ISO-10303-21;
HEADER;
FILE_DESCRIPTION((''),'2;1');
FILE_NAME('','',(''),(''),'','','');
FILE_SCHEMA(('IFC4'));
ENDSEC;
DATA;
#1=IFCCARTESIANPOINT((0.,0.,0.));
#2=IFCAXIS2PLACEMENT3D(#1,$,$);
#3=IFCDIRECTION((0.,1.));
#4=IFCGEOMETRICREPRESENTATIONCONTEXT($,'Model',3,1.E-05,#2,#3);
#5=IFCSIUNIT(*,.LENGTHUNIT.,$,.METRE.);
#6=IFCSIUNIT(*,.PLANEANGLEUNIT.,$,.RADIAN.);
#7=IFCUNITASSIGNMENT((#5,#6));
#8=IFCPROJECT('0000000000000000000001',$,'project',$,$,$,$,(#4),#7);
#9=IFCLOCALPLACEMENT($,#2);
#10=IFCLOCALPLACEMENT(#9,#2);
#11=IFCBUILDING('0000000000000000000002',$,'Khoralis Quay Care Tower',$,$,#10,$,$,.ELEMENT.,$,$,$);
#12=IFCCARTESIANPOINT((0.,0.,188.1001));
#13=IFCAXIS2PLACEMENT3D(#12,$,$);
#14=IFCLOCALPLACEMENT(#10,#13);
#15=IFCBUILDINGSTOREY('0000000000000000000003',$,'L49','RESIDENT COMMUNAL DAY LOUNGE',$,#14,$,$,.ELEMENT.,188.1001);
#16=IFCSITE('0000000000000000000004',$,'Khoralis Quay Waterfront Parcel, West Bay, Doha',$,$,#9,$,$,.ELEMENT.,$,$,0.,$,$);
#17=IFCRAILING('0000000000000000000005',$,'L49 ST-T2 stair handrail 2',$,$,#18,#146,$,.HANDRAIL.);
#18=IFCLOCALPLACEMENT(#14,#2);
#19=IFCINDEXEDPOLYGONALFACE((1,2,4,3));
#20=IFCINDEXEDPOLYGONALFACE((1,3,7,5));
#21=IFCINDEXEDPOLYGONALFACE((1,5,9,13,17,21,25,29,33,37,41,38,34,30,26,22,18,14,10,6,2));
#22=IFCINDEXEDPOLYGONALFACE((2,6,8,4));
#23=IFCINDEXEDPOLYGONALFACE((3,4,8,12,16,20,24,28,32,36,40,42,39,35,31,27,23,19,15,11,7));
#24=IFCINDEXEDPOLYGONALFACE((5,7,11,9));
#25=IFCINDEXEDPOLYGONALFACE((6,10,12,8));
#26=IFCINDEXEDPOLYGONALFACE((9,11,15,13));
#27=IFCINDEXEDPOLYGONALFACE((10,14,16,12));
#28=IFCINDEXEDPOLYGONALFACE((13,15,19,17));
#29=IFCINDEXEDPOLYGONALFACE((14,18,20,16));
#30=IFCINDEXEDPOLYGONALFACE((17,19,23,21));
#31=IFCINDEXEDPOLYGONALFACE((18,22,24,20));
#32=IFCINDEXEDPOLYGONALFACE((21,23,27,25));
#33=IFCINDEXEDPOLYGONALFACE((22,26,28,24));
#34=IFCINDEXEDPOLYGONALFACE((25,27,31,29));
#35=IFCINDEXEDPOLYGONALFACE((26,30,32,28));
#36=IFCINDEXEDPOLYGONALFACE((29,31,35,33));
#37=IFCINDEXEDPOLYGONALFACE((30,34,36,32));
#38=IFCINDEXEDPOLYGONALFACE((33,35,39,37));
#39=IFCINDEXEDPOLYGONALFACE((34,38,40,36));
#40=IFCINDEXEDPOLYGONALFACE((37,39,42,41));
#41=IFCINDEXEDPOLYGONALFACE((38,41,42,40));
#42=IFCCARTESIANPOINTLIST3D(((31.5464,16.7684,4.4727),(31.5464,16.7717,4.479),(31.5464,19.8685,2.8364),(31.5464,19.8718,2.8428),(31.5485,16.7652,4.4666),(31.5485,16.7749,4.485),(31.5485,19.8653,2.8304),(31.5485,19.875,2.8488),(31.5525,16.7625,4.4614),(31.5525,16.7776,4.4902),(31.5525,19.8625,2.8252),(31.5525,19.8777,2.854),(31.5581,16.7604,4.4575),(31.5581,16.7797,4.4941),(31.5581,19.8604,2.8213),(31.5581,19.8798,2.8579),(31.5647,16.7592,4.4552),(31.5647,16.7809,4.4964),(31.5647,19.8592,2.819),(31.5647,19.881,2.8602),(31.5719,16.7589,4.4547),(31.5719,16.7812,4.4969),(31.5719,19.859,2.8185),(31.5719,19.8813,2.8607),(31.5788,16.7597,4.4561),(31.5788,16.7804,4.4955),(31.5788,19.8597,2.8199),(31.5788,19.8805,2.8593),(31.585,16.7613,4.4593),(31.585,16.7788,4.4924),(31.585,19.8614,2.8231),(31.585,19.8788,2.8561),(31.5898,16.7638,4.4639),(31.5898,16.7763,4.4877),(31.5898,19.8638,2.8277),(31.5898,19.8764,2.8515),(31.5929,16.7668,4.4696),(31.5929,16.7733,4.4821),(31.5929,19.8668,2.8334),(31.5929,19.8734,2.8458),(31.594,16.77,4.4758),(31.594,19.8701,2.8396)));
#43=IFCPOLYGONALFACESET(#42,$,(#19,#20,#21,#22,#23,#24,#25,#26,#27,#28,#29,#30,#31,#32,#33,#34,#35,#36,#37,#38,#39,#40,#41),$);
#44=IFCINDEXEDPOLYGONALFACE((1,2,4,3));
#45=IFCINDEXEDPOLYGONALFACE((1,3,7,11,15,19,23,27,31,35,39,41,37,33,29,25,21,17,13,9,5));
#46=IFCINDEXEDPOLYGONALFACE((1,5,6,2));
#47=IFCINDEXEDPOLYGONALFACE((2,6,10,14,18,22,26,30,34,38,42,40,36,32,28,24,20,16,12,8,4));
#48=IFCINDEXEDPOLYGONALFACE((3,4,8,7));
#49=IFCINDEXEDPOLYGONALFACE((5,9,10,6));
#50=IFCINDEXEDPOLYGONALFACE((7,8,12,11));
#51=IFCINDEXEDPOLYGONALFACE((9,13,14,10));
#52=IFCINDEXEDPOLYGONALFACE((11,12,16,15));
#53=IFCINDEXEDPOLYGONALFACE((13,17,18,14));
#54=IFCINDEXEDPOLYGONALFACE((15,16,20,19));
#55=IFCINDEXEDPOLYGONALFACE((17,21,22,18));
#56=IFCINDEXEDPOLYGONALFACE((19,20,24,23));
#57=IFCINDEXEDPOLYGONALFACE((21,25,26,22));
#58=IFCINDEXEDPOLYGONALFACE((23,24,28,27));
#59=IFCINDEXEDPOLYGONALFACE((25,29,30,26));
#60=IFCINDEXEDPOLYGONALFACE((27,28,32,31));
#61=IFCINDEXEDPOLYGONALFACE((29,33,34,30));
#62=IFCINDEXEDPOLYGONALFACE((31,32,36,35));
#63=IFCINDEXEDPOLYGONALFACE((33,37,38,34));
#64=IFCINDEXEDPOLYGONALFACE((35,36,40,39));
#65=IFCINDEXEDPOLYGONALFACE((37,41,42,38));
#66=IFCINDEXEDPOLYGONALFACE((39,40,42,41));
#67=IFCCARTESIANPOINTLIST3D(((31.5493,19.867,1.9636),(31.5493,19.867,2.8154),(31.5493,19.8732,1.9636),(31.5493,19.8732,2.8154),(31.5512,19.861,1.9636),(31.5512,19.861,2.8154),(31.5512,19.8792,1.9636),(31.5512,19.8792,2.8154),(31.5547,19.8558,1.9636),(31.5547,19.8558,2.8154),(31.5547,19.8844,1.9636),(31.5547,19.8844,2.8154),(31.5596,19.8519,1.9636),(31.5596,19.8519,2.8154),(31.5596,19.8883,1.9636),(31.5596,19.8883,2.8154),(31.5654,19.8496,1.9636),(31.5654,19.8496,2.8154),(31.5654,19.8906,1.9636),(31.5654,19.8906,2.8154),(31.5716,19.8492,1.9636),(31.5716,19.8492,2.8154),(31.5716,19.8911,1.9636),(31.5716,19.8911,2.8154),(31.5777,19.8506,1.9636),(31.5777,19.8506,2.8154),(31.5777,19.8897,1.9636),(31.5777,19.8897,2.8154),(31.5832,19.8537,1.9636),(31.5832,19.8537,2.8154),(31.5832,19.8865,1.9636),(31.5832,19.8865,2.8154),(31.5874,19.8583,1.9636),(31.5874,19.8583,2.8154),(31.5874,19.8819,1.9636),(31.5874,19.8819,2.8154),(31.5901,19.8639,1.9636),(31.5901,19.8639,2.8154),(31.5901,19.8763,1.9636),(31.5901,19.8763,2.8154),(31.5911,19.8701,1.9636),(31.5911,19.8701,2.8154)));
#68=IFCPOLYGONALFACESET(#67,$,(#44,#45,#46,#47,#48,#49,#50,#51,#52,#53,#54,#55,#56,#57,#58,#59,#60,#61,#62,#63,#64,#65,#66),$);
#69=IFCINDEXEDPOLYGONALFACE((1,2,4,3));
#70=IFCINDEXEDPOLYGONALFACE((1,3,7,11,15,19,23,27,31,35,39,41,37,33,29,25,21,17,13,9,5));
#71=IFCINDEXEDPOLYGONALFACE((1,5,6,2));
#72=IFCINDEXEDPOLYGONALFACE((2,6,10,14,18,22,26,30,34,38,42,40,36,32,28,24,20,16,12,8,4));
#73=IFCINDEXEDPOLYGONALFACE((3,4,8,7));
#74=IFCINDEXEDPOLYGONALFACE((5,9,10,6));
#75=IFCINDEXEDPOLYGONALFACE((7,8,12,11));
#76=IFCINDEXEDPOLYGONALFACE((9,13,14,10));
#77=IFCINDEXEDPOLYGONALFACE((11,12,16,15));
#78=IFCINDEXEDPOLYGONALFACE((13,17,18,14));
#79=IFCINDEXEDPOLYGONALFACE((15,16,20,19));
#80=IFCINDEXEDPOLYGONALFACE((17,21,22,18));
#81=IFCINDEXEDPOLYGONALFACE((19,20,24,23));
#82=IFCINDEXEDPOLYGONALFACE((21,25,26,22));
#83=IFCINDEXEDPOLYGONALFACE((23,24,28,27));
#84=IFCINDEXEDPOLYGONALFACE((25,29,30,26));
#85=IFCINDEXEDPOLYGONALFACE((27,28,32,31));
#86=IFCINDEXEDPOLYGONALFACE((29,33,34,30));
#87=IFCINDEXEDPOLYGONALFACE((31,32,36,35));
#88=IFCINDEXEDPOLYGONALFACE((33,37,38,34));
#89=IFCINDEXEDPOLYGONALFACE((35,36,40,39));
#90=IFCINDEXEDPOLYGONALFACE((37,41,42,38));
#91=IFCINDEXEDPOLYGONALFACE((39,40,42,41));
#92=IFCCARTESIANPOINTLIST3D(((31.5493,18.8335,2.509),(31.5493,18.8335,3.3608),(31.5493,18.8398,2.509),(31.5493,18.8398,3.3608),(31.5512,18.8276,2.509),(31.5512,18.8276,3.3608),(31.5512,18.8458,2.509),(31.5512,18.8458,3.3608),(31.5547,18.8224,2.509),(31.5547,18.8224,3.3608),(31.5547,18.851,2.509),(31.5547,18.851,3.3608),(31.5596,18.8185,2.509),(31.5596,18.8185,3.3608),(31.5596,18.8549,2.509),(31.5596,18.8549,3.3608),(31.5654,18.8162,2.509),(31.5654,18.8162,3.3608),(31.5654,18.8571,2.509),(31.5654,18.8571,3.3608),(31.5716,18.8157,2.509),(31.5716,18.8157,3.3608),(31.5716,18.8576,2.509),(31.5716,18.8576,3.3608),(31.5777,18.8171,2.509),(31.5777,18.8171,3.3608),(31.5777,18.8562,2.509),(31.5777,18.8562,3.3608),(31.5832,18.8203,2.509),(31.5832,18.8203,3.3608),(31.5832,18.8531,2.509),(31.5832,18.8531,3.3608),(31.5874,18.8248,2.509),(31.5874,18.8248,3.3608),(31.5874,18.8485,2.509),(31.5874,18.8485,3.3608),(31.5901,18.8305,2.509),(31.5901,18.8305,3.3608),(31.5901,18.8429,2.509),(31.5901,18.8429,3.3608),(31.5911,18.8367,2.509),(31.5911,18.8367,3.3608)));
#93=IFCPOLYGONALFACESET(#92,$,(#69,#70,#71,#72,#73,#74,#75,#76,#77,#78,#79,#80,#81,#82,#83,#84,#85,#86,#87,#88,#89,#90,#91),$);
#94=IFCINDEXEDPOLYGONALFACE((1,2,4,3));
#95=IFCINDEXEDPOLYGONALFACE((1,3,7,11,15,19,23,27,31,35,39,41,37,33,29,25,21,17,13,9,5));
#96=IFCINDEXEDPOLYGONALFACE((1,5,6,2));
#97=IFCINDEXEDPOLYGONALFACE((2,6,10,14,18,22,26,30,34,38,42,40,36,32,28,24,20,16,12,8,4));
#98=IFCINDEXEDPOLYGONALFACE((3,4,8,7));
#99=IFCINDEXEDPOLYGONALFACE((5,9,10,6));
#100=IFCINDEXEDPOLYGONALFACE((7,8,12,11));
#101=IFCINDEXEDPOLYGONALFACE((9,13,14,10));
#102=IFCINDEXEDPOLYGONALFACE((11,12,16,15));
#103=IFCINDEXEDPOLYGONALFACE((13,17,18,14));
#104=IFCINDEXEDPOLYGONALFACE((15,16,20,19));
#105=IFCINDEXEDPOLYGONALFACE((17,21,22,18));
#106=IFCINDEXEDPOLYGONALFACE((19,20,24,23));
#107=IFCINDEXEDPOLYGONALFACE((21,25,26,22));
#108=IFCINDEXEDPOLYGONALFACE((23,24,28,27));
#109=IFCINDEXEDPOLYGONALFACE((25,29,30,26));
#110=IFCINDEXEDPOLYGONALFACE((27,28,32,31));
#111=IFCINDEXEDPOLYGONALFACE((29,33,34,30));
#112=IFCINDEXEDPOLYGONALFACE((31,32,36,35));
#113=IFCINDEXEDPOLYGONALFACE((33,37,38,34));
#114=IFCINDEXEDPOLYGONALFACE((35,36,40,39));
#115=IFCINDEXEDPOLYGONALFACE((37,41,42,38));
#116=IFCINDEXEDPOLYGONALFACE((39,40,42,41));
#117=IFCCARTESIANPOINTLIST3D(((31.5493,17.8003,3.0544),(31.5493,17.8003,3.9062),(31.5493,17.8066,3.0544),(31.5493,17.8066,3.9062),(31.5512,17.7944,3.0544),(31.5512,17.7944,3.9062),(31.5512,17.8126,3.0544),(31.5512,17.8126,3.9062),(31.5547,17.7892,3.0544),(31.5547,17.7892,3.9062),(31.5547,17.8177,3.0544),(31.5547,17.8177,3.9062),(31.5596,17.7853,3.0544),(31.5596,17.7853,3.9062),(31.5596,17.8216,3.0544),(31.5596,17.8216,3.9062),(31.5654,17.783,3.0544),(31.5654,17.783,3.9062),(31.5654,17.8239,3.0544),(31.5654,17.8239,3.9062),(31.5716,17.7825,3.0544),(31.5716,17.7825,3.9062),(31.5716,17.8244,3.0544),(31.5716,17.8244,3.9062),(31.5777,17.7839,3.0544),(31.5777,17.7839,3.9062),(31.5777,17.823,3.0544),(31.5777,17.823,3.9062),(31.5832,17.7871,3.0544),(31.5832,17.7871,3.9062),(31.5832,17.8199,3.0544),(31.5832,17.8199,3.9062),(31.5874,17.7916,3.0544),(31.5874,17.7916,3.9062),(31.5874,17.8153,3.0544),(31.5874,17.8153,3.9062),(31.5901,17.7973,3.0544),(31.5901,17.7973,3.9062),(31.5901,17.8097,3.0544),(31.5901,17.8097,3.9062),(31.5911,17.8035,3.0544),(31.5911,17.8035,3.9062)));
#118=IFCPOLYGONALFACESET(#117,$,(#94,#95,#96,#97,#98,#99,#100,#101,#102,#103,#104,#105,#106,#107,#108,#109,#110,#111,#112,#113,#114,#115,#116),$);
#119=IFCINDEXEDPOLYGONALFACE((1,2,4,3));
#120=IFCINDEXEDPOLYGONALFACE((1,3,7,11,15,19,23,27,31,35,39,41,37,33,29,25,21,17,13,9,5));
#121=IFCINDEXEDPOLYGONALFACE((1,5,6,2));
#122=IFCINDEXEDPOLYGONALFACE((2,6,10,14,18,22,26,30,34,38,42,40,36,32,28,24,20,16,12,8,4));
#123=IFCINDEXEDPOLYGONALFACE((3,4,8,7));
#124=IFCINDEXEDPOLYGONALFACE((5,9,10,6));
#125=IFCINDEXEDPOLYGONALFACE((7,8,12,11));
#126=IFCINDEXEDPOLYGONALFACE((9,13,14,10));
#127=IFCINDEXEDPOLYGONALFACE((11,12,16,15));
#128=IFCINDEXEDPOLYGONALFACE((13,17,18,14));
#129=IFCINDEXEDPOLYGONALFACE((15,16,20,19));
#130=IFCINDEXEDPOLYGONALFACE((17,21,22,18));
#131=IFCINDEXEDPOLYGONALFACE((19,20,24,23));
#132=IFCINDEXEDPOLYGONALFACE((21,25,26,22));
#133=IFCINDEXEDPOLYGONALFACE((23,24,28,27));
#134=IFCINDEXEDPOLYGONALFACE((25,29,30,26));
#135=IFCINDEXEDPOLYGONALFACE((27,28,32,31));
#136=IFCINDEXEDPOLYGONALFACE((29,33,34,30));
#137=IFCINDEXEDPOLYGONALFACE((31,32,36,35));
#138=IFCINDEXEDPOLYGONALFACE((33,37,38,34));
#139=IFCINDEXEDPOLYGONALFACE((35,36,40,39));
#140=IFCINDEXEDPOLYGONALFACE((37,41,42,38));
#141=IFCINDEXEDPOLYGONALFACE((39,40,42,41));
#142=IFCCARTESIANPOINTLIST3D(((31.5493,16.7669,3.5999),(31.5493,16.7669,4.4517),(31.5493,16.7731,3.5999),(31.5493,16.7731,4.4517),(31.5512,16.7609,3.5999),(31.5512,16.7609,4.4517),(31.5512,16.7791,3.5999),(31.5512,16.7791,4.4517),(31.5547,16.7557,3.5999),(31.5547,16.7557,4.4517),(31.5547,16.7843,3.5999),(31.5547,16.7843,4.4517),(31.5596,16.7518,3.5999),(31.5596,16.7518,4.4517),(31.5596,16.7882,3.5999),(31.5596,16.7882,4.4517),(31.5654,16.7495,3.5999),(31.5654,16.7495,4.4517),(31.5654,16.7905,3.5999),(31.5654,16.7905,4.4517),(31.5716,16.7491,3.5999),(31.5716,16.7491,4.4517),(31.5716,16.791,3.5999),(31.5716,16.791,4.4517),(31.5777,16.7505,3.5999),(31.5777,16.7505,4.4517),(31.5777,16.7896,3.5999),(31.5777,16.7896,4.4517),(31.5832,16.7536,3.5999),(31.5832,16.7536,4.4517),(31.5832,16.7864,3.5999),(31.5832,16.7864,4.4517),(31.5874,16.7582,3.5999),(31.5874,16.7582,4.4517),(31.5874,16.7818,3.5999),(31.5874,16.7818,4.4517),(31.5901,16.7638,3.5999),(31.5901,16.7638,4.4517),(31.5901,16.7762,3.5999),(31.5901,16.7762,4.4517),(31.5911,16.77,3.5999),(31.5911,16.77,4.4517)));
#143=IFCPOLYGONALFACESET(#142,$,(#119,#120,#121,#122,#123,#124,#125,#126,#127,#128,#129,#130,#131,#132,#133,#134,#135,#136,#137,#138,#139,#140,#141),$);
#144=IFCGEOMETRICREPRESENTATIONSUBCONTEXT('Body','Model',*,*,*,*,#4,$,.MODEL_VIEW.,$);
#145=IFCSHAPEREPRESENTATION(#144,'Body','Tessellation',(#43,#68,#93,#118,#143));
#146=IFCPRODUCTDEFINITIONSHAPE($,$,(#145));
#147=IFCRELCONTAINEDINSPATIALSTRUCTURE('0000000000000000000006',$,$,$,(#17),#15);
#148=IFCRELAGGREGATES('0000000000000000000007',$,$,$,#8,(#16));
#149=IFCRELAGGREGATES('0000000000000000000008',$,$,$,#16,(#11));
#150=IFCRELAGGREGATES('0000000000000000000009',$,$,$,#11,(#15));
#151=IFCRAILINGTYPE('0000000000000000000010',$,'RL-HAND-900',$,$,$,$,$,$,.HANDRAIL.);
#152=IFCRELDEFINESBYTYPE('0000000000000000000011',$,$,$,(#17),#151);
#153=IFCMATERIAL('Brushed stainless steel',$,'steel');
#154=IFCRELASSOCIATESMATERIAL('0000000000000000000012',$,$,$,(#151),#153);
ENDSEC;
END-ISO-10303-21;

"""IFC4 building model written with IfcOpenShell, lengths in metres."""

from ifc_helpers import new_model, si_unit, direction, frame, origin, origin_2d, place, context, subcontext, project, spatial, circle, extrude, material, type_object, element, save


model = new_model("IFC4")

# Units and contexts
model_context = context("Model", 3, precision=1e-05, world=origin(), true_north=direction((0.0, 1.0)))
body_context = subcontext(model_context, "Body", "Model", "MODEL_VIEW")
ifc_project = project(units=[si_unit("LENGTHUNIT", "METRE"), si_unit("PLANEANGLEUNIT", "RADIAN")], contexts=[model_context])

# Site, building, storey
site_placement = place(None, origin())
site = spatial("IfcSite", under=ifc_project, at=site_placement, Name="Khoralis Quay Waterfront Parcel, West Bay, Doha", CompositionType="ELEMENT", RefElevation=0.0)
building_placement = place(site_placement, origin())
building = spatial("IfcBuilding", under=site, at=building_placement, Name="Khoralis Quay Care Tower", CompositionType="ELEMENT")
storey_placement = place(building_placement, frame((0.0, 0.0, 188.1001)))
storey = spatial("IfcBuildingStorey", under=building, at=storey_placement, Name="L49", Description="RESIDENT COMMUNAL DAY LOUNGE", CompositionType="ELEMENT", Elevation=188.1001)

# Shared definitions
ifc_material_1 = material(Name="Brushed stainless steel", Category="steel")

# Railing
railing_type_1 = type_object("IfcRailingType", Name="RL-HAND-900", PredefinedType="HANDRAIL", material=ifc_material_1)
railing_1_placement = place(storey_placement, frame((31.5701, 19.8701, 1.9636)))
element("IfcRailing", 1, at=railing_1_placement, inside=storey, type_object=railing_type_1, Name="L49 ST-T2 stair handrail 2", PredefinedType="HANDRAIL", context=body_context, shape_type="SweptSolid", body=[
    extrude(circle(Radius=0.0239, at=origin_2d()), frame((0.0, 0.0, 0.876), z_axis=(0.0, -0.884377, 0.466774), x_axis=(1.0, 0.0, 0.0)), (0.0, 0.0, 1.0), 3.5054),
    extrude(circle(Radius=0.021, at=origin_2d()), origin(), (0.0, 0.0, 1.0), 0.8518),
    extrude(circle(Radius=0.021, at=origin_2d()), frame((0.0, -1.0334, 0.5454)), (0.0, 0.0, 1.0), 0.8518),
    extrude(circle(Radius=0.021, at=origin_2d()), frame((0.0, -2.0667, 1.0908)), (0.0, 0.0, 1.0), 0.8518),
    extrude(circle(Radius=0.021, at=origin_2d()), frame((0.0, -3.1001, 1.6362)), (0.0, 0.0, 1.0), 0.8518),
])

save(model, "model.ifc")
